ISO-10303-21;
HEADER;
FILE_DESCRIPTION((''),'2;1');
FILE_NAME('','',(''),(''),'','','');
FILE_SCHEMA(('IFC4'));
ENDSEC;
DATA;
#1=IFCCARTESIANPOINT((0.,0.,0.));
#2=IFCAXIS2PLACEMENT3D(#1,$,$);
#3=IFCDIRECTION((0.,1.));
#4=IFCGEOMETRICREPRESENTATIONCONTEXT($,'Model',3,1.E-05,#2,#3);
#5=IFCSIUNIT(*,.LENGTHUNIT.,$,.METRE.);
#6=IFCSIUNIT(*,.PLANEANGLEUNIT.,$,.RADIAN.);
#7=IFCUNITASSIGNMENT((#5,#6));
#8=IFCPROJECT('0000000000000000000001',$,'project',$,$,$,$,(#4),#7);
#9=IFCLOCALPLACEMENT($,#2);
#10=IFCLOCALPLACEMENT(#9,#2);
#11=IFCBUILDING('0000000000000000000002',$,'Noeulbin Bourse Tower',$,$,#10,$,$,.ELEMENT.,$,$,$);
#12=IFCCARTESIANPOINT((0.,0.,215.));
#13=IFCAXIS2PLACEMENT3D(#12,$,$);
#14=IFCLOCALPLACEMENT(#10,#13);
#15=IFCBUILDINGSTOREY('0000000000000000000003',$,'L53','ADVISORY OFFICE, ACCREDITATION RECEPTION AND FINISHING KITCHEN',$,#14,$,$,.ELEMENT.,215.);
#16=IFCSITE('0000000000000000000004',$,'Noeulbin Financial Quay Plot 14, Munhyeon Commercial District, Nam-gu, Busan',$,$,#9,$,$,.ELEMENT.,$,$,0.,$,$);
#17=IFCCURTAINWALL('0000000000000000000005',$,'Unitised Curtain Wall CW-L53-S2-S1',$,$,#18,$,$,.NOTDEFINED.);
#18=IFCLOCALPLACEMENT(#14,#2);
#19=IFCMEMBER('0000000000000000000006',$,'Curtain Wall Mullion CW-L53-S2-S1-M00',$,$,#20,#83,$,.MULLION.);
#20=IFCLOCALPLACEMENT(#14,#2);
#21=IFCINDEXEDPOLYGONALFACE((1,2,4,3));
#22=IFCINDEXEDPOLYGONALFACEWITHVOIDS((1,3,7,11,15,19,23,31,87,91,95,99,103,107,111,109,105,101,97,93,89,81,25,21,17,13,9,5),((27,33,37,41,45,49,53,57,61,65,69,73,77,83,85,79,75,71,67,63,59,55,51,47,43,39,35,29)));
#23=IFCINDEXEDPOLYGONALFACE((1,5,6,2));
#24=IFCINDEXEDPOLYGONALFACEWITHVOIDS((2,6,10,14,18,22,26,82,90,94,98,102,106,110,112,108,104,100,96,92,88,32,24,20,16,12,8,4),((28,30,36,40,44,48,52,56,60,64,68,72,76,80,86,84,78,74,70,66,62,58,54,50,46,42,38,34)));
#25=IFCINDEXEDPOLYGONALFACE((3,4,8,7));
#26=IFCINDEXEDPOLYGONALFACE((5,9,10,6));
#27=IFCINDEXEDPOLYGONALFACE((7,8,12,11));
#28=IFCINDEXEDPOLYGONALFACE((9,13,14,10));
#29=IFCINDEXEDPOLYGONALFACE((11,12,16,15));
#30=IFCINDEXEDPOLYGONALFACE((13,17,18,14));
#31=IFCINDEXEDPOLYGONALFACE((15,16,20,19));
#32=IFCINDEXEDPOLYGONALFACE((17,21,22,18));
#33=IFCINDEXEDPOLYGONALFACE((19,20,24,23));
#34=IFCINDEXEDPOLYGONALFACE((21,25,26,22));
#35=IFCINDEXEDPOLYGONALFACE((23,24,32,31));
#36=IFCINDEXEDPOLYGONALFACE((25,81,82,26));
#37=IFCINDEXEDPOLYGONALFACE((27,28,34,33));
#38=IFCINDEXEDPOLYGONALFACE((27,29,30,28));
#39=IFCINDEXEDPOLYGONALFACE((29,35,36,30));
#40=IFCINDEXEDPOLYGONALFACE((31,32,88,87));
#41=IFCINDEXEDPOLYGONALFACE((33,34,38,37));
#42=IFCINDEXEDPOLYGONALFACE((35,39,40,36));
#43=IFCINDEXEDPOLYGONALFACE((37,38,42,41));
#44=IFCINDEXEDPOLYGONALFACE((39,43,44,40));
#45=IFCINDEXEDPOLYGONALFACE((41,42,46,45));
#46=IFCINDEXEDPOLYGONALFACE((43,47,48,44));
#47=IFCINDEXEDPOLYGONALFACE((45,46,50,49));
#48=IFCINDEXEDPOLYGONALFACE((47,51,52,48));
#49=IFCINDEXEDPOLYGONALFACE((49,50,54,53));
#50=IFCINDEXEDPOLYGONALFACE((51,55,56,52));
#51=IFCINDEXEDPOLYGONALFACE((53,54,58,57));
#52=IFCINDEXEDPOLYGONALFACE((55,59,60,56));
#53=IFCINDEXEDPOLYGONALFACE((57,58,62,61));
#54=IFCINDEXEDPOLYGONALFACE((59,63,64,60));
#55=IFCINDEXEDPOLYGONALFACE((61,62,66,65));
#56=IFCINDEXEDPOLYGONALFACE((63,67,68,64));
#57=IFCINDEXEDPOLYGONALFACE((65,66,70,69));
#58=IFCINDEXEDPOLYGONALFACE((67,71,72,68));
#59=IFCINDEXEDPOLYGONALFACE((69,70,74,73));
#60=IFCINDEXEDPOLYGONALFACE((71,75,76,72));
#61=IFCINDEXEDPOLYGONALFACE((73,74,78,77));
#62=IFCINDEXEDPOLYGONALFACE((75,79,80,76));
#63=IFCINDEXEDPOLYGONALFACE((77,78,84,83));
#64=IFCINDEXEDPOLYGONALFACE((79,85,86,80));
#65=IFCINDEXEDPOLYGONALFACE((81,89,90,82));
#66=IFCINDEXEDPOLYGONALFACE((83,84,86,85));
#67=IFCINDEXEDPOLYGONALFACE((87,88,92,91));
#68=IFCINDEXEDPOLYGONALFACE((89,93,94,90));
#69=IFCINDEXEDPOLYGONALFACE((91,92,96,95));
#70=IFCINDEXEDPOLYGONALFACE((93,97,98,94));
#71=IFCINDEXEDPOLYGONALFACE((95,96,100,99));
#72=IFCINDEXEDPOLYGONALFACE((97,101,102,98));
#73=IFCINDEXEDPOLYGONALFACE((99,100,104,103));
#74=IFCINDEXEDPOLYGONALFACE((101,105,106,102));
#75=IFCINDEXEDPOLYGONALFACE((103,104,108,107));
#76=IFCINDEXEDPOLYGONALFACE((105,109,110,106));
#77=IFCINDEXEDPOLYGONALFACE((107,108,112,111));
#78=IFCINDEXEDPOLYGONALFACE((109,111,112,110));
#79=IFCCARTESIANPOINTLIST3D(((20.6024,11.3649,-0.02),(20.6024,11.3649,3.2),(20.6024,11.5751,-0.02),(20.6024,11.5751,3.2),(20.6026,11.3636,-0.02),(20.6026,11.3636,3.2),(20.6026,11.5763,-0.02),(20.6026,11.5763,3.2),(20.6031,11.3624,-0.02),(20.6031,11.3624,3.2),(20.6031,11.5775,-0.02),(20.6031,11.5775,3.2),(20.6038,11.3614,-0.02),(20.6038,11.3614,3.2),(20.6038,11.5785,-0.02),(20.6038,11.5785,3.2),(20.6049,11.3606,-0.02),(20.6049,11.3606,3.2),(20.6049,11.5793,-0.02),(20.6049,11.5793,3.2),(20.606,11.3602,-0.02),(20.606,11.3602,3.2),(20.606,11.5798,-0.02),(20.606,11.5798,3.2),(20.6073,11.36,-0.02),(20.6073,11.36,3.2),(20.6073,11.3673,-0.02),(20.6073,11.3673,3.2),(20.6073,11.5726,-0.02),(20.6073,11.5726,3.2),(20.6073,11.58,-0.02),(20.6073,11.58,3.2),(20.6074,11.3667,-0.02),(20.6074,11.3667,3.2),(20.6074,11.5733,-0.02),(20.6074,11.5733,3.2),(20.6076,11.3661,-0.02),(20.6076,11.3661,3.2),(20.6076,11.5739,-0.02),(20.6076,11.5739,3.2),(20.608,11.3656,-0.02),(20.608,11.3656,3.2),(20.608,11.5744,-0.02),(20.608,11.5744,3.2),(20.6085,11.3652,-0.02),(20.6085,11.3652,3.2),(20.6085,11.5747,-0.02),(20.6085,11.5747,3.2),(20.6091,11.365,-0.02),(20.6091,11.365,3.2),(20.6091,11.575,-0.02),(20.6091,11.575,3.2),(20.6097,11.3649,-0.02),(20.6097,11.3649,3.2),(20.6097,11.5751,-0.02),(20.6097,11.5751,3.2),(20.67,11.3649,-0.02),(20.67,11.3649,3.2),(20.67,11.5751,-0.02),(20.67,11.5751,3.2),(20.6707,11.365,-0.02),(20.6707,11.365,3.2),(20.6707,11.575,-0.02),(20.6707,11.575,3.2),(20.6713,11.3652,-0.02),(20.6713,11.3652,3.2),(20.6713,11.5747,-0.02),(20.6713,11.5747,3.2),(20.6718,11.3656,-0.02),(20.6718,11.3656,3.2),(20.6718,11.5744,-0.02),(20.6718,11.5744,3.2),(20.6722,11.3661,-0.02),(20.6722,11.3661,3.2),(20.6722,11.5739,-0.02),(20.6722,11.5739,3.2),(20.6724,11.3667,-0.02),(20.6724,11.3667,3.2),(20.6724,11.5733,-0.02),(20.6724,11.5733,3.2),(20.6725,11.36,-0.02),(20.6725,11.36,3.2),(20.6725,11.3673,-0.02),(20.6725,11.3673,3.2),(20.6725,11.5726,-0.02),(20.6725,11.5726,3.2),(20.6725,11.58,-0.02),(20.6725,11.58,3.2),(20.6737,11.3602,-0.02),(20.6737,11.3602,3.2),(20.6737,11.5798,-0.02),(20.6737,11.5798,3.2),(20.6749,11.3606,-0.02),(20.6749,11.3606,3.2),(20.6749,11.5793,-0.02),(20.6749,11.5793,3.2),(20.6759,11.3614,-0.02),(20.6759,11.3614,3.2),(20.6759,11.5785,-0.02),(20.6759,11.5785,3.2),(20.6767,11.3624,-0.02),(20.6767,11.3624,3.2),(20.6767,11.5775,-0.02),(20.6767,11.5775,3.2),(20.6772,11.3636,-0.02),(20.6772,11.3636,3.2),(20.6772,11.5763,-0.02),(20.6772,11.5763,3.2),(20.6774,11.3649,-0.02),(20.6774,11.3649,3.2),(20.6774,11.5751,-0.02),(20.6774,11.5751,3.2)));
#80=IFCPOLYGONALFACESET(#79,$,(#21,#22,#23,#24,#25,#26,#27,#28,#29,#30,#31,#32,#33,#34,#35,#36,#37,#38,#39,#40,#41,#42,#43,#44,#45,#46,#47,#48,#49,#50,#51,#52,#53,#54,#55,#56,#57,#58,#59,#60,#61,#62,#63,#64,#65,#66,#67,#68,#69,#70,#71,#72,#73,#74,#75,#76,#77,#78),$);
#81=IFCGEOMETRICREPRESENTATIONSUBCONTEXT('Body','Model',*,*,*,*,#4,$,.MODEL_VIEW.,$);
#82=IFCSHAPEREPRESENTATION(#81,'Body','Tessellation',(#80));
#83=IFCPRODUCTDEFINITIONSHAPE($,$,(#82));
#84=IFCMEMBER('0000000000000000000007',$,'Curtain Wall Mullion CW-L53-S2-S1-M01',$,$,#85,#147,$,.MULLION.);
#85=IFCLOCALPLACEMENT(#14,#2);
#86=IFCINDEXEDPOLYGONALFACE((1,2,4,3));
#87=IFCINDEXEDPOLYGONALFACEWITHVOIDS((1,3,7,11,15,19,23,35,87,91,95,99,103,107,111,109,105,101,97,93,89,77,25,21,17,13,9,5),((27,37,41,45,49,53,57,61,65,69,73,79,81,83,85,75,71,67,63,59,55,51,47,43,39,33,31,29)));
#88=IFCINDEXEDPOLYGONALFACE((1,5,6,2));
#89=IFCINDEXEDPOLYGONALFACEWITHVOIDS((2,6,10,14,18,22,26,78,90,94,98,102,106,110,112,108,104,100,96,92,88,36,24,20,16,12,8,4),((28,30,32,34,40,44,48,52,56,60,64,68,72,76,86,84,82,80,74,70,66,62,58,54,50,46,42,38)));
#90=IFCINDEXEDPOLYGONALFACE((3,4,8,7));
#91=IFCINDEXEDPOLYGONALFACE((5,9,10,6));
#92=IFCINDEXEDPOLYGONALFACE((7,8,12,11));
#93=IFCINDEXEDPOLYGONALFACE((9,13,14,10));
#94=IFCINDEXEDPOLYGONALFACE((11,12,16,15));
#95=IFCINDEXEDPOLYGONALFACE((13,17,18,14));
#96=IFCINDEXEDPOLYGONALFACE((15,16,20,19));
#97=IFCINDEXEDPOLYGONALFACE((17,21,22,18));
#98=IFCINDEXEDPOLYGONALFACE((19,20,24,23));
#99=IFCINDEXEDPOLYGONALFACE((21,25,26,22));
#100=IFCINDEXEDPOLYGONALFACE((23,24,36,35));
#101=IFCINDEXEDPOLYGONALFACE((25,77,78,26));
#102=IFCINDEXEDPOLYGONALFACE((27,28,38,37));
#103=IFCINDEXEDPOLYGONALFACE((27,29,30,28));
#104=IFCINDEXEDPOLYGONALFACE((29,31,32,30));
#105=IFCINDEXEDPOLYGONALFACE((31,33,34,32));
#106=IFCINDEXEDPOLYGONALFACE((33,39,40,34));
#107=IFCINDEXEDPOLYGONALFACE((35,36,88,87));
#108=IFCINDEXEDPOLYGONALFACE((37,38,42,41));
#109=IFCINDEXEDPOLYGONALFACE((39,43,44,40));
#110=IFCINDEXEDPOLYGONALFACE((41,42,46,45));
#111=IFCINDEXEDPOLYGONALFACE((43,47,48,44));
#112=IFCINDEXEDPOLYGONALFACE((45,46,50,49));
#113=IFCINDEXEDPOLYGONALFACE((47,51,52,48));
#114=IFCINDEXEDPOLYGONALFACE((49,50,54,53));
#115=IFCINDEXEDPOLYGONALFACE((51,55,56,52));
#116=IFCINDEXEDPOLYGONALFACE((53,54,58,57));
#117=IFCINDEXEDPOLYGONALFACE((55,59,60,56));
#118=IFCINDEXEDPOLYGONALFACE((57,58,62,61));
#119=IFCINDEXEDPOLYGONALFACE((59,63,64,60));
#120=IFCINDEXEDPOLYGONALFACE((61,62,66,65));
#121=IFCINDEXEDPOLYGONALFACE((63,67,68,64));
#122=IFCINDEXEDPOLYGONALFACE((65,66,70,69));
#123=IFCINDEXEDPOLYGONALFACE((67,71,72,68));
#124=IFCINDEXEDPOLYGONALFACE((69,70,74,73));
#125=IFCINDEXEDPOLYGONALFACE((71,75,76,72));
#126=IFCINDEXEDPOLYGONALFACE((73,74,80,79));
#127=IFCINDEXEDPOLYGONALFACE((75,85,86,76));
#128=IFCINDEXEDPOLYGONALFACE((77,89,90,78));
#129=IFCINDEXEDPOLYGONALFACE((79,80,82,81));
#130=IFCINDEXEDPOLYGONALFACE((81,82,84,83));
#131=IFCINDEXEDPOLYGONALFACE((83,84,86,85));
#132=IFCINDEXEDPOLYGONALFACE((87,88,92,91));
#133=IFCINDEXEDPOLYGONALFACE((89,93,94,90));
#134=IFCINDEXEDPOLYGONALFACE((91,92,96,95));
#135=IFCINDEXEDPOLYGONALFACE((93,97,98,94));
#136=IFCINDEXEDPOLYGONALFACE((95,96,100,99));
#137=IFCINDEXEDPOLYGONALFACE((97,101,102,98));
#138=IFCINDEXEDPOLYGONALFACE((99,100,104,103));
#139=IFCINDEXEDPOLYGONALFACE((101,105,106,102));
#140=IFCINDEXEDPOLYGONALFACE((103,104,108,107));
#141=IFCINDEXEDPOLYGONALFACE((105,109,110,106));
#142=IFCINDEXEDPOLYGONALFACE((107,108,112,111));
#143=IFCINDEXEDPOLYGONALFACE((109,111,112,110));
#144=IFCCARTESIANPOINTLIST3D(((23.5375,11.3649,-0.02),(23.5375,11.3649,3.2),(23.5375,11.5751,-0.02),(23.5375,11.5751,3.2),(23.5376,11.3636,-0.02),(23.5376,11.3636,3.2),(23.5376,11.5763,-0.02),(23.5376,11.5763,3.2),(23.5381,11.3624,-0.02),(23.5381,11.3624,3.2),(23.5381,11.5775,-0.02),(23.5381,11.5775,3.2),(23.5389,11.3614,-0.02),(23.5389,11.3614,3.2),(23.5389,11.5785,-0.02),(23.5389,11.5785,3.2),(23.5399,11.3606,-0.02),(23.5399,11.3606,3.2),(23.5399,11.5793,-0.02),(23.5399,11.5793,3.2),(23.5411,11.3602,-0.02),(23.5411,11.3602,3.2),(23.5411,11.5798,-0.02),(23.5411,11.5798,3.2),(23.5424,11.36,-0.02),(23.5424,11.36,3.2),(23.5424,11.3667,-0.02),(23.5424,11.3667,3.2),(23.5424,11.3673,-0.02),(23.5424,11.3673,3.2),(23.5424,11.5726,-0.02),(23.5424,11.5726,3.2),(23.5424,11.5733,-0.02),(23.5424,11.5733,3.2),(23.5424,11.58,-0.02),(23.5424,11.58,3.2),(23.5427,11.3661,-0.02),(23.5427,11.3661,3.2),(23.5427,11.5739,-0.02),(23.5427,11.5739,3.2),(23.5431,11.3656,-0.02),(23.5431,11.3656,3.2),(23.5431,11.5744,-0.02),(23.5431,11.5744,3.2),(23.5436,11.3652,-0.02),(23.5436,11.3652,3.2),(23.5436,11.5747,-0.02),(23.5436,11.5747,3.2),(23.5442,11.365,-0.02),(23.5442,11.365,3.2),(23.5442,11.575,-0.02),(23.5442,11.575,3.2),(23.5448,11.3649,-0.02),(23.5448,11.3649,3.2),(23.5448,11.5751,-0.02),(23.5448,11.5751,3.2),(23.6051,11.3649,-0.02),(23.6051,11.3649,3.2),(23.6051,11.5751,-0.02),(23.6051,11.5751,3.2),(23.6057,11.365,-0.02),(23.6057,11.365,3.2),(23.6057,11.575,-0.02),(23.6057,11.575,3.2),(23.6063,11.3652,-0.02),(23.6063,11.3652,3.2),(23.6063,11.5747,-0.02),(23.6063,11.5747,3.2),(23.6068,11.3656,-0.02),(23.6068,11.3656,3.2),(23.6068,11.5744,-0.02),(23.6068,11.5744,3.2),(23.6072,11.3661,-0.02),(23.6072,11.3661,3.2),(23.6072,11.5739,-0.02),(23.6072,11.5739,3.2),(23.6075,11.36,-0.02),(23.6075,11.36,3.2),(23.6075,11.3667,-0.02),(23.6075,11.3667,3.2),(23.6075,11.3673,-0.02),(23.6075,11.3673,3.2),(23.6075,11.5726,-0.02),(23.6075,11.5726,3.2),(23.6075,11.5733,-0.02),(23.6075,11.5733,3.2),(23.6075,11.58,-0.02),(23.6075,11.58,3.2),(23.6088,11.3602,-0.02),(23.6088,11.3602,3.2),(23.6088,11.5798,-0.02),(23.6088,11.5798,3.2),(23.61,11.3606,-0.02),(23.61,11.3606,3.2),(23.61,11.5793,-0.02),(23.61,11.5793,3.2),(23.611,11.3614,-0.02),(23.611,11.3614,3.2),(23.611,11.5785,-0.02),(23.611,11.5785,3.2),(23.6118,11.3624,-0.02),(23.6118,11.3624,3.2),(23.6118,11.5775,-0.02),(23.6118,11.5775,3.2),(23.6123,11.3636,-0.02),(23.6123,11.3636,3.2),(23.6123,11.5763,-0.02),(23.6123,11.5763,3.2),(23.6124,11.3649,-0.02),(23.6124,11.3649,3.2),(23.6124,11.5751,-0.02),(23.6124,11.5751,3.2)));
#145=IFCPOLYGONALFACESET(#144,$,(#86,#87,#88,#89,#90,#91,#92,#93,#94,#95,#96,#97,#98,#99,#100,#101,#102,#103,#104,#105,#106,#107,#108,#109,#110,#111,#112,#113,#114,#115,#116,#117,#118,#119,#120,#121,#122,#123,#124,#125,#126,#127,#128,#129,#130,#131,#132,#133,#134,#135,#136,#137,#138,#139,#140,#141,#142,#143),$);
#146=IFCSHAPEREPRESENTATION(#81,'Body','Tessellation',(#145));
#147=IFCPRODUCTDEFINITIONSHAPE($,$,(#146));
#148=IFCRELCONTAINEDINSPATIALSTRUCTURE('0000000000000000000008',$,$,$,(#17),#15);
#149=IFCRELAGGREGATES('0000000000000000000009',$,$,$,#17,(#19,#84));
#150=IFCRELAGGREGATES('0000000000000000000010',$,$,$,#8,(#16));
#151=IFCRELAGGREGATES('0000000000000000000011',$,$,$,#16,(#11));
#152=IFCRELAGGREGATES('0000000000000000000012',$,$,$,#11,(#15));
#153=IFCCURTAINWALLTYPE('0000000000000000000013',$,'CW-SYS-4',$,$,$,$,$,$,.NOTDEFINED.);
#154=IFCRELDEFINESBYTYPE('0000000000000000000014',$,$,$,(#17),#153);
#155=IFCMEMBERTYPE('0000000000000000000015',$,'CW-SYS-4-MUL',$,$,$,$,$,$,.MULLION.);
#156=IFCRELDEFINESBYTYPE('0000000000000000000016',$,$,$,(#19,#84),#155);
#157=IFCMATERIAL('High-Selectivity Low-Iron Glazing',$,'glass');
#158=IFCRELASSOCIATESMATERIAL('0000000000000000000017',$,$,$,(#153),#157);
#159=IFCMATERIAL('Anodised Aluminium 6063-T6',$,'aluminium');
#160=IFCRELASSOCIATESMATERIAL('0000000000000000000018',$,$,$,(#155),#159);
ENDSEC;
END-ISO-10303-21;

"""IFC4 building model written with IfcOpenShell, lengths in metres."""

from ifc_helpers import new_model, si_unit, direction, frame, origin, origin_2d, place, context, subcontext, project, spatial, hollow_rectangle, extrude, material, material_profile, profile_set, type_object, element, aggregate, save


model = new_model("IFC4")

# Units and contexts
model_context = context("Model", 3, precision=1e-05, world=origin(), true_north=direction((0.0, 1.0)))
body_context = subcontext(model_context, "Body", "Model", "MODEL_VIEW")
ifc_project = project(units=[si_unit("LENGTHUNIT", "METRE"), si_unit("PLANEANGLEUNIT", "RADIAN")], contexts=[model_context])

# Site, building, storey
site_placement = place(None, origin())
site = spatial("IfcSite", under=ifc_project, at=site_placement, Name="Noeulbin Financial Quay Plot 14, Munhyeon Commercial District, Nam-gu, Busan", CompositionType="ELEMENT", RefElevation=0.0)
building_placement = place(site_placement, origin())
building = spatial("IfcBuilding", under=site, at=building_placement, Name="Noeulbin Bourse Tower", CompositionType="ELEMENT")
storey_placement = place(building_placement, frame((0.0, 0.0, 215.0)))
storey = spatial("IfcBuildingStorey", under=building, at=storey_placement, Name="L53", Description="ADVISORY OFFICE, ACCREDITATION RECEPTION AND FINISHING KITCHEN", CompositionType="ELEMENT", Elevation=215.0)

# Curtain wall, members
ifc_material_1 = material(Name="High-Selectivity Low-Iron Glazing", Category="glass")
curtain_wall_type = type_object("IfcCurtainWallType", Name="CW-SYS-4", PredefinedType="NOTDEFINED", material=ifc_material_1)
ifc_material_2 = material(Name="Anodised Aluminium 6063-T6", Category="aluminium")
ifc_material_profile_1 = material_profile(ifc_material_2, hollow_rectangle(XDim=0.075, YDim=0.22, WallThickness=0.0049, InnerFilletRadius=0.0024, OuterFilletRadius=0.0049, at=origin_2d()), Name="ALU-MULL-75x220x5", Category="LoadBearing")
ifc_profile_set_1 = profile_set([ifc_material_profile_1], Name="Anodised Aluminium 6063-T6")
member_type_1 = type_object("IfcMemberType", Name="CW-SYS-4-MUL", PredefinedType="MULLION", material=ifc_profile_set_1)
curtain_wall_1_placement = place(storey_placement, origin())
curtain_wall_1 = element("IfcCurtainWall", 1, at=curtain_wall_1_placement, inside=storey, type_object=curtain_wall_type, Name="Unitised Curtain Wall CW-L53-S2-S1", PredefinedType="NOTDEFINED")
member_1_placement = place(storey_placement, frame((20.6399, 11.47, -0.02), z_axis=(0.0, 0.0, 1.0), x_axis=(1.0, 0.0, 0.0)))
member_1 = element("IfcMember", 2, at=member_1_placement, type_object=member_type_1, Name="Curtain Wall Mullion CW-L53-S2-S1-M00", PredefinedType="MULLION", context=body_context, shape_type="SweptSolid", body=[
    extrude(hollow_rectangle(XDim=0.075, YDim=0.22, WallThickness=0.0049, InnerFilletRadius=0.0024, OuterFilletRadius=0.0049, at=origin_2d()), origin(), (0.0, 0.0, 1.0), 3.22),
])
member_2_placement = place(storey_placement, frame((23.575, 11.47, -0.02), z_axis=(0.0, 0.0, 1.0), x_axis=(1.0, 0.0, 0.0)))
member_2 = element("IfcMember", 3, at=member_2_placement, type_object=member_type_1, Name="Curtain Wall Mullion CW-L53-S2-S1-M01", PredefinedType="MULLION", context=body_context, shape_type="SweptSolid", body=[
    extrude(hollow_rectangle(XDim=0.075, YDim=0.22, WallThickness=0.0049, InnerFilletRadius=0.0024, OuterFilletRadius=0.0049, at=origin_2d()), origin(), (0.0, 0.0, 1.0), 3.22),
])

aggregate(curtain_wall_1, [member_1, member_2])

save(model, "model.ifc")
